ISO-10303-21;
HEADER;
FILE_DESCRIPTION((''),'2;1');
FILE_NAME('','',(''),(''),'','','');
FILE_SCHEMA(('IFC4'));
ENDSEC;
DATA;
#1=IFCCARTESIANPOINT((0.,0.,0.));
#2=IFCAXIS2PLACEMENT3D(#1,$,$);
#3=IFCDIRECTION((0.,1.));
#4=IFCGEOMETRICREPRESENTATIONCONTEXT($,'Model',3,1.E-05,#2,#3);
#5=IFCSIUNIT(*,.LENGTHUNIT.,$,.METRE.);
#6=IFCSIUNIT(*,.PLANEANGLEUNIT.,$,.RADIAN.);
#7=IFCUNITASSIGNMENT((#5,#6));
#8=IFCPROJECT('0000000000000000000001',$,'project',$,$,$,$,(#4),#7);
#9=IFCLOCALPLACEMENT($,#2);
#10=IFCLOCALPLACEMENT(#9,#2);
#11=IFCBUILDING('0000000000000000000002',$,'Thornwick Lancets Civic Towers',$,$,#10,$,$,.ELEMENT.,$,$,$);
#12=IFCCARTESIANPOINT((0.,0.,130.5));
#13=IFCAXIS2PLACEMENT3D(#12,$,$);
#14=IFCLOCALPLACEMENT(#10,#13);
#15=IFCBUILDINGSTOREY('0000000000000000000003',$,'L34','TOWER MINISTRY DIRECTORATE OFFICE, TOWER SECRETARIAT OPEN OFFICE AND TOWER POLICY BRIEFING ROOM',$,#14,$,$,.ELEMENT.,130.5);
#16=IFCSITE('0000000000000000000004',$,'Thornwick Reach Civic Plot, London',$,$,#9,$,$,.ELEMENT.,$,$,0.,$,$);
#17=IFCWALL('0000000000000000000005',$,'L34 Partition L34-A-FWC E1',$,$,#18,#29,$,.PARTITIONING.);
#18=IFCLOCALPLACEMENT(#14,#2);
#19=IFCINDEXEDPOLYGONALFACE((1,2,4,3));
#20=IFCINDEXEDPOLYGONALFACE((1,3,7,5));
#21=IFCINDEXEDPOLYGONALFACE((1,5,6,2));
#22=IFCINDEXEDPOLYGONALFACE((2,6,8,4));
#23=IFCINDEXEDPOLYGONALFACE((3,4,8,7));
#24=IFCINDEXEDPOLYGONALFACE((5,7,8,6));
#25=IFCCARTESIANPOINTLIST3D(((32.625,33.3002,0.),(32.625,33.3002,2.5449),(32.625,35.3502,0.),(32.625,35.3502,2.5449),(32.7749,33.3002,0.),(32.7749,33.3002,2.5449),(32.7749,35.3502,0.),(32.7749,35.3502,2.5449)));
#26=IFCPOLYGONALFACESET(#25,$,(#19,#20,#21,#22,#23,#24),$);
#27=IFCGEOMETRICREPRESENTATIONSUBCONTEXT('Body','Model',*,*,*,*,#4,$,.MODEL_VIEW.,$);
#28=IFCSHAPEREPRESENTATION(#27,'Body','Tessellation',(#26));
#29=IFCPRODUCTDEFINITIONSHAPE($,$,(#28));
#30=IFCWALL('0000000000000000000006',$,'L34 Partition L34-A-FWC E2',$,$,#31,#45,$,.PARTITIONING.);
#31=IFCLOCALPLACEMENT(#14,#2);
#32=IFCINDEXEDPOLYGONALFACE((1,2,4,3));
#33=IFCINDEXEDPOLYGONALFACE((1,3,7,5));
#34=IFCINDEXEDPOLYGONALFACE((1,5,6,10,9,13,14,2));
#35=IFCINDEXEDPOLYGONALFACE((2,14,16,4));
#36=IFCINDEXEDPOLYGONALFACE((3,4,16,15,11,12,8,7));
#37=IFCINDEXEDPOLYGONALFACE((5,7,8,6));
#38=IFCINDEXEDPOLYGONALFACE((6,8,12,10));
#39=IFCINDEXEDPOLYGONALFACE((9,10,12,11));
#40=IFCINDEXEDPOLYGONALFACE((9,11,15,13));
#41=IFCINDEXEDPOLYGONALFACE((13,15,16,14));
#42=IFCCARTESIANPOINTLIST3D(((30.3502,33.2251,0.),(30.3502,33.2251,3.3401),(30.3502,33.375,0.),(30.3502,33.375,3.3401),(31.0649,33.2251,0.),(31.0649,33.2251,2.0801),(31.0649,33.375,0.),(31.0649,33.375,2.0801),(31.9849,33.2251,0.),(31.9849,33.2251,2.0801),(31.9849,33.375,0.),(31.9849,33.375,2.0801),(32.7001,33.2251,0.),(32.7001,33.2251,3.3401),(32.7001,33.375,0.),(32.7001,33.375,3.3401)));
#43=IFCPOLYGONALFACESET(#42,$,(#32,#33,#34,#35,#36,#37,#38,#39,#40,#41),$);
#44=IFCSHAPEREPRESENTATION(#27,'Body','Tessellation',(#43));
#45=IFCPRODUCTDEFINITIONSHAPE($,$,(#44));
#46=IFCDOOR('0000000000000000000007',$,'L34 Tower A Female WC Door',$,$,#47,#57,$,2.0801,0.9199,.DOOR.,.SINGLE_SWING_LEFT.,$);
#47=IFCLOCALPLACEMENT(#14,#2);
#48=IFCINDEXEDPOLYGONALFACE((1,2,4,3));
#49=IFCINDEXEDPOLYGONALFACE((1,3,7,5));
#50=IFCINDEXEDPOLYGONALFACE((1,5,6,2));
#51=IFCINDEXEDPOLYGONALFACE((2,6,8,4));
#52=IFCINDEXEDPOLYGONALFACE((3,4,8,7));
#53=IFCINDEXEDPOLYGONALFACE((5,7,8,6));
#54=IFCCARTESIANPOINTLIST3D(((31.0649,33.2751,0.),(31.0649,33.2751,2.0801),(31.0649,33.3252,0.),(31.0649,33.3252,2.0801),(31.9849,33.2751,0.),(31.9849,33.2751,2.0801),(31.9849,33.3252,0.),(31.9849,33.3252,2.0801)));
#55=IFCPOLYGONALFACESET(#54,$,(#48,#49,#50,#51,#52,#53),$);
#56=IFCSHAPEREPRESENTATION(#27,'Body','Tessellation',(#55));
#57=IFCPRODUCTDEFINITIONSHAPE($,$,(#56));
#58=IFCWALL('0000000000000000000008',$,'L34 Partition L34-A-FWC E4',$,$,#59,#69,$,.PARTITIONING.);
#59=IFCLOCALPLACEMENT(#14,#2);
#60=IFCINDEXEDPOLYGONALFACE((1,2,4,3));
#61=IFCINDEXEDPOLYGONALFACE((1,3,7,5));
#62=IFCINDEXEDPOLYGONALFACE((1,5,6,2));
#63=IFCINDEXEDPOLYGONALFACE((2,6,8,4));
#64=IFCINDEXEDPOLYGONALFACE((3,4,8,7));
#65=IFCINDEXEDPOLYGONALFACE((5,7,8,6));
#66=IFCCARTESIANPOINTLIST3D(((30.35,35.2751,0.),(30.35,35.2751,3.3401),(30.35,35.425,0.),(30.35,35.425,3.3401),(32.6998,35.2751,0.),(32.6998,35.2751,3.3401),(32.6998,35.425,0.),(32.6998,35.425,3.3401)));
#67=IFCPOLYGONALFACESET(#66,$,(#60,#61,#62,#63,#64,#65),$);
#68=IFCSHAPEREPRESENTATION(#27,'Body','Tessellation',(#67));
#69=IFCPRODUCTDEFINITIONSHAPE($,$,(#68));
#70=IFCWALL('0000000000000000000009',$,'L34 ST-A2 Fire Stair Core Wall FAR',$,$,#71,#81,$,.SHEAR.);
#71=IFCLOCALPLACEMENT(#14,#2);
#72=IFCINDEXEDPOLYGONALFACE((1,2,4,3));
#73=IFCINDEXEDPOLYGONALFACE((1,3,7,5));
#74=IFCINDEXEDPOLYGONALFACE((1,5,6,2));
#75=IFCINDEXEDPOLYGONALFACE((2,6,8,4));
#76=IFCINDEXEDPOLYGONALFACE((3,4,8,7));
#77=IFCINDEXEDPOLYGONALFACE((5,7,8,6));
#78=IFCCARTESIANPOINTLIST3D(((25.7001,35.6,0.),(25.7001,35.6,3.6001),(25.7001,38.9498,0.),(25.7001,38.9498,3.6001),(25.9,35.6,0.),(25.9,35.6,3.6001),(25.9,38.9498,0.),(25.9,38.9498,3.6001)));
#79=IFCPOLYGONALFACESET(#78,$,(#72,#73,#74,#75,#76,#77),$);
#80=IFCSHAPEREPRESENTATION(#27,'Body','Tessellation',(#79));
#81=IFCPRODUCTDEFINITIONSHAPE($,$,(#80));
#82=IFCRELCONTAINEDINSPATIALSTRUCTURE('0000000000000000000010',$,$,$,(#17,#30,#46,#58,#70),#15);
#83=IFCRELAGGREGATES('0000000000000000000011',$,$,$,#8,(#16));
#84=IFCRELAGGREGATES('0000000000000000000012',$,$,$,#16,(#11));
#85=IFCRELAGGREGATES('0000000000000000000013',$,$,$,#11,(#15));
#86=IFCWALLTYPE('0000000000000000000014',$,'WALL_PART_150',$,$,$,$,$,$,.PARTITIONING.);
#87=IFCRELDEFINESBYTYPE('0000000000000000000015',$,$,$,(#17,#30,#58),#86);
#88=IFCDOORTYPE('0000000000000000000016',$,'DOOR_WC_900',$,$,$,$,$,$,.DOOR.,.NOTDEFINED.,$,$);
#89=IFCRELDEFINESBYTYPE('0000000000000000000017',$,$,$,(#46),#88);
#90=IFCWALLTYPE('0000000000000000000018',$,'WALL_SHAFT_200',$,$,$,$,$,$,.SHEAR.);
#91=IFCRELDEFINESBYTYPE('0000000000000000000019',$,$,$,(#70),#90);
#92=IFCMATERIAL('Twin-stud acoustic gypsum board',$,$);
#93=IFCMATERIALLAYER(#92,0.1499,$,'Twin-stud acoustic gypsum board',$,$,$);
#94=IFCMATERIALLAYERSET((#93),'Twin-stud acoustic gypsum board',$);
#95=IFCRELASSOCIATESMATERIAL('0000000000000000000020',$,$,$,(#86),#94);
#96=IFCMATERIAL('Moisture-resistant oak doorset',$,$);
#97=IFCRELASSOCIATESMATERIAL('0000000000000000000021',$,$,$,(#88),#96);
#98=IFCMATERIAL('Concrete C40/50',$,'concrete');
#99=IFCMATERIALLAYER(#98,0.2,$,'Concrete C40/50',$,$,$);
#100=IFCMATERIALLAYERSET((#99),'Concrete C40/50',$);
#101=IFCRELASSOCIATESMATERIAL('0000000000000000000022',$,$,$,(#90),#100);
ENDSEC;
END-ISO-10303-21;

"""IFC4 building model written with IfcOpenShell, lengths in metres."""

from ifc_helpers import new_model, si_unit, direction, frame, frame_2d, origin, place, context, subcontext, project, spatial, rectangle, extrude, material, layer, layer_set, type_object, element, fill, save


model = new_model("IFC4")

# Units and contexts
model_context = context("Model", 3, precision=1e-05, world=origin(), true_north=direction((0.0, 1.0)))
body_context = subcontext(model_context, "Body", "Model", "MODEL_VIEW")
ifc_project = project(units=[si_unit("LENGTHUNIT", "METRE"), si_unit("PLANEANGLEUNIT", "RADIAN")], contexts=[model_context])

# Site, building, storey
site_placement = place(None, origin())
site = spatial("IfcSite", under=ifc_project, at=site_placement, Name="Thornwick Reach Civic Plot, London", CompositionType="ELEMENT", RefElevation=0.0)
building_placement = place(site_placement, origin())
building = spatial("IfcBuilding", under=site, at=building_placement, Name="Thornwick Lancets Civic Towers", CompositionType="ELEMENT")
storey_placement = place(building_placement, frame((0.0, 0.0, 130.5)))
storey = spatial("IfcBuildingStorey", under=building, at=storey_placement, Name="L34", Description="TOWER MINISTRY DIRECTORATE OFFICE, TOWER SECRETARIAT OPEN OFFICE AND TOWER POLICY BRIEFING ROOM", CompositionType="ELEMENT", Elevation=130.5)

# Wall
ifc_material_1 = material(Name="Twin-stud acoustic gypsum board")
ifc_layer_1 = layer(ifc_material_1, 0.1499, Name="Twin-stud acoustic gypsum board")
ifc_layer_set_1 = layer_set([ifc_layer_1], Name="Twin-stud acoustic gypsum board")
wall_type_1 = type_object("IfcWallType", Name="WALL_PART_150", PredefinedType="PARTITIONING", material=ifc_layer_set_1)
wall_1_placement = place(storey_placement, frame((32.7, 35.3501, 0.0), z_axis=(0.0, 0.0, 1.0), x_axis=(0.0, -1.0, 0.0)))
element("IfcWall", 1, at=wall_1_placement, inside=storey, type_object=wall_type_1, Name="L34 Partition L34-A-FWC E1", PredefinedType="PARTITIONING", context=body_context, shape_type="SweptSolid", body=[
    extrude(rectangle(XDim=2.05, YDim=0.1499, at=frame_2d((1.0249, 0.0))), origin(), (0.0, 0.0, 1.0), 2.5449),
])

# Wall, opening, door
wall_2_placement = place(storey_placement, frame((32.7, 33.3, 0.0), z_axis=(0.0, 0.0, 1.0), x_axis=(-1.0, 0.0, 0.0)))
wall_2 = element("IfcWall", 2, at=wall_2_placement, inside=storey, type_object=wall_type_1, Name="L34 Partition L34-A-FWC E2", PredefinedType="PARTITIONING", context=body_context, shape_type="SweptSolid", body=[
    extrude(rectangle(XDim=2.3499, YDim=0.1499, at=frame_2d((1.1748, 0.0))), origin(), (0.0, 0.0, 1.0), 3.3401),
])
opening_1_placement = place(wall_2_placement, frame((0.7151, 0.0, 0.0)))
opening_1 = element("IfcOpeningElement", 3, at=opening_1_placement, cuts=wall_2, PredefinedType="OPENING", context=body_context, shape_type="SweptSolid", body=[
    extrude(rectangle(XDim=0.9199, YDim=2.0801, at=frame_2d((0.46, 1.04))), frame((0.0, 0.085, 0.0), z_axis=(0.0, -1.0, 0.0), x_axis=(1.0, 0.0, 0.0)), (0.0, 0.0, 1.0), 0.1699),
])
ifc_material_2 = material(Name="Moisture-resistant oak doorset")
door_type_1 = type_object("IfcDoorType", Name="DOOR_WC_900", OperationType="NOTDEFINED", PredefinedType="DOOR", material=ifc_material_2)
door_1_placement = place(opening_1_placement, origin())
door_1 = element("IfcDoor", 4, at=door_1_placement, inside=storey, type_object=door_type_1, Name="L34 Tower A Female WC Door", OperationType="SINGLE_SWING_LEFT", OverallHeight=2.0801, OverallWidth=0.9199, PredefinedType="DOOR", context=body_context, shape_type="SweptSolid", body=[
    extrude(rectangle(XDim=0.9199, YDim=2.0801, at=frame_2d((0.46, 1.04))), frame((0.0, 0.0249, 0.0), z_axis=(0.0, -1.0, 0.0), x_axis=(1.0, 0.0, 0.0)), (0.0, 0.0, 1.0), 0.05),
])
fill(opening_1, door_1)

# Walls
wall_3_placement = place(storey_placement, frame((30.3501, 35.3501, 0.0), z_axis=(0.0, 0.0, 1.0), x_axis=(1.0, 0.0, 0.0)))
element("IfcWall", 5, at=wall_3_placement, inside=storey, type_object=wall_type_1, Name="L34 Partition L34-A-FWC E4", PredefinedType="PARTITIONING", context=body_context, shape_type="SweptSolid", body=[
    extrude(rectangle(XDim=2.3499, YDim=0.1499, at=frame_2d((1.1748, 0.0))), origin(), (0.0, 0.0, 1.0), 3.3401),
])
ifc_material_3 = material(Name="Concrete C40/50", Category="concrete")
ifc_layer_2 = layer(ifc_material_3, 0.2, Name="Concrete C40/50")
ifc_layer_set_2 = layer_set([ifc_layer_2], Name="Concrete C40/50")
wall_type_2 = type_object("IfcWallType", Name="WALL_SHAFT_200", PredefinedType="SHEAR", material=ifc_layer_set_2)
wall_4_placement = place(storey_placement, frame((25.8, 35.6001, 0.0), z_axis=(0.0, 0.0, 1.0), x_axis=(0.0, 1.0, 0.0)))
element("IfcWall", 6, at=wall_4_placement, inside=storey, type_object=wall_type_2, Name="L34 ST-A2 Fire Stair Core Wall FAR", PredefinedType="SHEAR", context=body_context, shape_type="SweptSolid", body=[
    extrude(rectangle(XDim=3.3499, YDim=0.2, at=frame_2d((1.6748, 0.0))), origin(), (0.0, 0.0, 1.0), 3.6001),
])

save(model, "model.ifc")
